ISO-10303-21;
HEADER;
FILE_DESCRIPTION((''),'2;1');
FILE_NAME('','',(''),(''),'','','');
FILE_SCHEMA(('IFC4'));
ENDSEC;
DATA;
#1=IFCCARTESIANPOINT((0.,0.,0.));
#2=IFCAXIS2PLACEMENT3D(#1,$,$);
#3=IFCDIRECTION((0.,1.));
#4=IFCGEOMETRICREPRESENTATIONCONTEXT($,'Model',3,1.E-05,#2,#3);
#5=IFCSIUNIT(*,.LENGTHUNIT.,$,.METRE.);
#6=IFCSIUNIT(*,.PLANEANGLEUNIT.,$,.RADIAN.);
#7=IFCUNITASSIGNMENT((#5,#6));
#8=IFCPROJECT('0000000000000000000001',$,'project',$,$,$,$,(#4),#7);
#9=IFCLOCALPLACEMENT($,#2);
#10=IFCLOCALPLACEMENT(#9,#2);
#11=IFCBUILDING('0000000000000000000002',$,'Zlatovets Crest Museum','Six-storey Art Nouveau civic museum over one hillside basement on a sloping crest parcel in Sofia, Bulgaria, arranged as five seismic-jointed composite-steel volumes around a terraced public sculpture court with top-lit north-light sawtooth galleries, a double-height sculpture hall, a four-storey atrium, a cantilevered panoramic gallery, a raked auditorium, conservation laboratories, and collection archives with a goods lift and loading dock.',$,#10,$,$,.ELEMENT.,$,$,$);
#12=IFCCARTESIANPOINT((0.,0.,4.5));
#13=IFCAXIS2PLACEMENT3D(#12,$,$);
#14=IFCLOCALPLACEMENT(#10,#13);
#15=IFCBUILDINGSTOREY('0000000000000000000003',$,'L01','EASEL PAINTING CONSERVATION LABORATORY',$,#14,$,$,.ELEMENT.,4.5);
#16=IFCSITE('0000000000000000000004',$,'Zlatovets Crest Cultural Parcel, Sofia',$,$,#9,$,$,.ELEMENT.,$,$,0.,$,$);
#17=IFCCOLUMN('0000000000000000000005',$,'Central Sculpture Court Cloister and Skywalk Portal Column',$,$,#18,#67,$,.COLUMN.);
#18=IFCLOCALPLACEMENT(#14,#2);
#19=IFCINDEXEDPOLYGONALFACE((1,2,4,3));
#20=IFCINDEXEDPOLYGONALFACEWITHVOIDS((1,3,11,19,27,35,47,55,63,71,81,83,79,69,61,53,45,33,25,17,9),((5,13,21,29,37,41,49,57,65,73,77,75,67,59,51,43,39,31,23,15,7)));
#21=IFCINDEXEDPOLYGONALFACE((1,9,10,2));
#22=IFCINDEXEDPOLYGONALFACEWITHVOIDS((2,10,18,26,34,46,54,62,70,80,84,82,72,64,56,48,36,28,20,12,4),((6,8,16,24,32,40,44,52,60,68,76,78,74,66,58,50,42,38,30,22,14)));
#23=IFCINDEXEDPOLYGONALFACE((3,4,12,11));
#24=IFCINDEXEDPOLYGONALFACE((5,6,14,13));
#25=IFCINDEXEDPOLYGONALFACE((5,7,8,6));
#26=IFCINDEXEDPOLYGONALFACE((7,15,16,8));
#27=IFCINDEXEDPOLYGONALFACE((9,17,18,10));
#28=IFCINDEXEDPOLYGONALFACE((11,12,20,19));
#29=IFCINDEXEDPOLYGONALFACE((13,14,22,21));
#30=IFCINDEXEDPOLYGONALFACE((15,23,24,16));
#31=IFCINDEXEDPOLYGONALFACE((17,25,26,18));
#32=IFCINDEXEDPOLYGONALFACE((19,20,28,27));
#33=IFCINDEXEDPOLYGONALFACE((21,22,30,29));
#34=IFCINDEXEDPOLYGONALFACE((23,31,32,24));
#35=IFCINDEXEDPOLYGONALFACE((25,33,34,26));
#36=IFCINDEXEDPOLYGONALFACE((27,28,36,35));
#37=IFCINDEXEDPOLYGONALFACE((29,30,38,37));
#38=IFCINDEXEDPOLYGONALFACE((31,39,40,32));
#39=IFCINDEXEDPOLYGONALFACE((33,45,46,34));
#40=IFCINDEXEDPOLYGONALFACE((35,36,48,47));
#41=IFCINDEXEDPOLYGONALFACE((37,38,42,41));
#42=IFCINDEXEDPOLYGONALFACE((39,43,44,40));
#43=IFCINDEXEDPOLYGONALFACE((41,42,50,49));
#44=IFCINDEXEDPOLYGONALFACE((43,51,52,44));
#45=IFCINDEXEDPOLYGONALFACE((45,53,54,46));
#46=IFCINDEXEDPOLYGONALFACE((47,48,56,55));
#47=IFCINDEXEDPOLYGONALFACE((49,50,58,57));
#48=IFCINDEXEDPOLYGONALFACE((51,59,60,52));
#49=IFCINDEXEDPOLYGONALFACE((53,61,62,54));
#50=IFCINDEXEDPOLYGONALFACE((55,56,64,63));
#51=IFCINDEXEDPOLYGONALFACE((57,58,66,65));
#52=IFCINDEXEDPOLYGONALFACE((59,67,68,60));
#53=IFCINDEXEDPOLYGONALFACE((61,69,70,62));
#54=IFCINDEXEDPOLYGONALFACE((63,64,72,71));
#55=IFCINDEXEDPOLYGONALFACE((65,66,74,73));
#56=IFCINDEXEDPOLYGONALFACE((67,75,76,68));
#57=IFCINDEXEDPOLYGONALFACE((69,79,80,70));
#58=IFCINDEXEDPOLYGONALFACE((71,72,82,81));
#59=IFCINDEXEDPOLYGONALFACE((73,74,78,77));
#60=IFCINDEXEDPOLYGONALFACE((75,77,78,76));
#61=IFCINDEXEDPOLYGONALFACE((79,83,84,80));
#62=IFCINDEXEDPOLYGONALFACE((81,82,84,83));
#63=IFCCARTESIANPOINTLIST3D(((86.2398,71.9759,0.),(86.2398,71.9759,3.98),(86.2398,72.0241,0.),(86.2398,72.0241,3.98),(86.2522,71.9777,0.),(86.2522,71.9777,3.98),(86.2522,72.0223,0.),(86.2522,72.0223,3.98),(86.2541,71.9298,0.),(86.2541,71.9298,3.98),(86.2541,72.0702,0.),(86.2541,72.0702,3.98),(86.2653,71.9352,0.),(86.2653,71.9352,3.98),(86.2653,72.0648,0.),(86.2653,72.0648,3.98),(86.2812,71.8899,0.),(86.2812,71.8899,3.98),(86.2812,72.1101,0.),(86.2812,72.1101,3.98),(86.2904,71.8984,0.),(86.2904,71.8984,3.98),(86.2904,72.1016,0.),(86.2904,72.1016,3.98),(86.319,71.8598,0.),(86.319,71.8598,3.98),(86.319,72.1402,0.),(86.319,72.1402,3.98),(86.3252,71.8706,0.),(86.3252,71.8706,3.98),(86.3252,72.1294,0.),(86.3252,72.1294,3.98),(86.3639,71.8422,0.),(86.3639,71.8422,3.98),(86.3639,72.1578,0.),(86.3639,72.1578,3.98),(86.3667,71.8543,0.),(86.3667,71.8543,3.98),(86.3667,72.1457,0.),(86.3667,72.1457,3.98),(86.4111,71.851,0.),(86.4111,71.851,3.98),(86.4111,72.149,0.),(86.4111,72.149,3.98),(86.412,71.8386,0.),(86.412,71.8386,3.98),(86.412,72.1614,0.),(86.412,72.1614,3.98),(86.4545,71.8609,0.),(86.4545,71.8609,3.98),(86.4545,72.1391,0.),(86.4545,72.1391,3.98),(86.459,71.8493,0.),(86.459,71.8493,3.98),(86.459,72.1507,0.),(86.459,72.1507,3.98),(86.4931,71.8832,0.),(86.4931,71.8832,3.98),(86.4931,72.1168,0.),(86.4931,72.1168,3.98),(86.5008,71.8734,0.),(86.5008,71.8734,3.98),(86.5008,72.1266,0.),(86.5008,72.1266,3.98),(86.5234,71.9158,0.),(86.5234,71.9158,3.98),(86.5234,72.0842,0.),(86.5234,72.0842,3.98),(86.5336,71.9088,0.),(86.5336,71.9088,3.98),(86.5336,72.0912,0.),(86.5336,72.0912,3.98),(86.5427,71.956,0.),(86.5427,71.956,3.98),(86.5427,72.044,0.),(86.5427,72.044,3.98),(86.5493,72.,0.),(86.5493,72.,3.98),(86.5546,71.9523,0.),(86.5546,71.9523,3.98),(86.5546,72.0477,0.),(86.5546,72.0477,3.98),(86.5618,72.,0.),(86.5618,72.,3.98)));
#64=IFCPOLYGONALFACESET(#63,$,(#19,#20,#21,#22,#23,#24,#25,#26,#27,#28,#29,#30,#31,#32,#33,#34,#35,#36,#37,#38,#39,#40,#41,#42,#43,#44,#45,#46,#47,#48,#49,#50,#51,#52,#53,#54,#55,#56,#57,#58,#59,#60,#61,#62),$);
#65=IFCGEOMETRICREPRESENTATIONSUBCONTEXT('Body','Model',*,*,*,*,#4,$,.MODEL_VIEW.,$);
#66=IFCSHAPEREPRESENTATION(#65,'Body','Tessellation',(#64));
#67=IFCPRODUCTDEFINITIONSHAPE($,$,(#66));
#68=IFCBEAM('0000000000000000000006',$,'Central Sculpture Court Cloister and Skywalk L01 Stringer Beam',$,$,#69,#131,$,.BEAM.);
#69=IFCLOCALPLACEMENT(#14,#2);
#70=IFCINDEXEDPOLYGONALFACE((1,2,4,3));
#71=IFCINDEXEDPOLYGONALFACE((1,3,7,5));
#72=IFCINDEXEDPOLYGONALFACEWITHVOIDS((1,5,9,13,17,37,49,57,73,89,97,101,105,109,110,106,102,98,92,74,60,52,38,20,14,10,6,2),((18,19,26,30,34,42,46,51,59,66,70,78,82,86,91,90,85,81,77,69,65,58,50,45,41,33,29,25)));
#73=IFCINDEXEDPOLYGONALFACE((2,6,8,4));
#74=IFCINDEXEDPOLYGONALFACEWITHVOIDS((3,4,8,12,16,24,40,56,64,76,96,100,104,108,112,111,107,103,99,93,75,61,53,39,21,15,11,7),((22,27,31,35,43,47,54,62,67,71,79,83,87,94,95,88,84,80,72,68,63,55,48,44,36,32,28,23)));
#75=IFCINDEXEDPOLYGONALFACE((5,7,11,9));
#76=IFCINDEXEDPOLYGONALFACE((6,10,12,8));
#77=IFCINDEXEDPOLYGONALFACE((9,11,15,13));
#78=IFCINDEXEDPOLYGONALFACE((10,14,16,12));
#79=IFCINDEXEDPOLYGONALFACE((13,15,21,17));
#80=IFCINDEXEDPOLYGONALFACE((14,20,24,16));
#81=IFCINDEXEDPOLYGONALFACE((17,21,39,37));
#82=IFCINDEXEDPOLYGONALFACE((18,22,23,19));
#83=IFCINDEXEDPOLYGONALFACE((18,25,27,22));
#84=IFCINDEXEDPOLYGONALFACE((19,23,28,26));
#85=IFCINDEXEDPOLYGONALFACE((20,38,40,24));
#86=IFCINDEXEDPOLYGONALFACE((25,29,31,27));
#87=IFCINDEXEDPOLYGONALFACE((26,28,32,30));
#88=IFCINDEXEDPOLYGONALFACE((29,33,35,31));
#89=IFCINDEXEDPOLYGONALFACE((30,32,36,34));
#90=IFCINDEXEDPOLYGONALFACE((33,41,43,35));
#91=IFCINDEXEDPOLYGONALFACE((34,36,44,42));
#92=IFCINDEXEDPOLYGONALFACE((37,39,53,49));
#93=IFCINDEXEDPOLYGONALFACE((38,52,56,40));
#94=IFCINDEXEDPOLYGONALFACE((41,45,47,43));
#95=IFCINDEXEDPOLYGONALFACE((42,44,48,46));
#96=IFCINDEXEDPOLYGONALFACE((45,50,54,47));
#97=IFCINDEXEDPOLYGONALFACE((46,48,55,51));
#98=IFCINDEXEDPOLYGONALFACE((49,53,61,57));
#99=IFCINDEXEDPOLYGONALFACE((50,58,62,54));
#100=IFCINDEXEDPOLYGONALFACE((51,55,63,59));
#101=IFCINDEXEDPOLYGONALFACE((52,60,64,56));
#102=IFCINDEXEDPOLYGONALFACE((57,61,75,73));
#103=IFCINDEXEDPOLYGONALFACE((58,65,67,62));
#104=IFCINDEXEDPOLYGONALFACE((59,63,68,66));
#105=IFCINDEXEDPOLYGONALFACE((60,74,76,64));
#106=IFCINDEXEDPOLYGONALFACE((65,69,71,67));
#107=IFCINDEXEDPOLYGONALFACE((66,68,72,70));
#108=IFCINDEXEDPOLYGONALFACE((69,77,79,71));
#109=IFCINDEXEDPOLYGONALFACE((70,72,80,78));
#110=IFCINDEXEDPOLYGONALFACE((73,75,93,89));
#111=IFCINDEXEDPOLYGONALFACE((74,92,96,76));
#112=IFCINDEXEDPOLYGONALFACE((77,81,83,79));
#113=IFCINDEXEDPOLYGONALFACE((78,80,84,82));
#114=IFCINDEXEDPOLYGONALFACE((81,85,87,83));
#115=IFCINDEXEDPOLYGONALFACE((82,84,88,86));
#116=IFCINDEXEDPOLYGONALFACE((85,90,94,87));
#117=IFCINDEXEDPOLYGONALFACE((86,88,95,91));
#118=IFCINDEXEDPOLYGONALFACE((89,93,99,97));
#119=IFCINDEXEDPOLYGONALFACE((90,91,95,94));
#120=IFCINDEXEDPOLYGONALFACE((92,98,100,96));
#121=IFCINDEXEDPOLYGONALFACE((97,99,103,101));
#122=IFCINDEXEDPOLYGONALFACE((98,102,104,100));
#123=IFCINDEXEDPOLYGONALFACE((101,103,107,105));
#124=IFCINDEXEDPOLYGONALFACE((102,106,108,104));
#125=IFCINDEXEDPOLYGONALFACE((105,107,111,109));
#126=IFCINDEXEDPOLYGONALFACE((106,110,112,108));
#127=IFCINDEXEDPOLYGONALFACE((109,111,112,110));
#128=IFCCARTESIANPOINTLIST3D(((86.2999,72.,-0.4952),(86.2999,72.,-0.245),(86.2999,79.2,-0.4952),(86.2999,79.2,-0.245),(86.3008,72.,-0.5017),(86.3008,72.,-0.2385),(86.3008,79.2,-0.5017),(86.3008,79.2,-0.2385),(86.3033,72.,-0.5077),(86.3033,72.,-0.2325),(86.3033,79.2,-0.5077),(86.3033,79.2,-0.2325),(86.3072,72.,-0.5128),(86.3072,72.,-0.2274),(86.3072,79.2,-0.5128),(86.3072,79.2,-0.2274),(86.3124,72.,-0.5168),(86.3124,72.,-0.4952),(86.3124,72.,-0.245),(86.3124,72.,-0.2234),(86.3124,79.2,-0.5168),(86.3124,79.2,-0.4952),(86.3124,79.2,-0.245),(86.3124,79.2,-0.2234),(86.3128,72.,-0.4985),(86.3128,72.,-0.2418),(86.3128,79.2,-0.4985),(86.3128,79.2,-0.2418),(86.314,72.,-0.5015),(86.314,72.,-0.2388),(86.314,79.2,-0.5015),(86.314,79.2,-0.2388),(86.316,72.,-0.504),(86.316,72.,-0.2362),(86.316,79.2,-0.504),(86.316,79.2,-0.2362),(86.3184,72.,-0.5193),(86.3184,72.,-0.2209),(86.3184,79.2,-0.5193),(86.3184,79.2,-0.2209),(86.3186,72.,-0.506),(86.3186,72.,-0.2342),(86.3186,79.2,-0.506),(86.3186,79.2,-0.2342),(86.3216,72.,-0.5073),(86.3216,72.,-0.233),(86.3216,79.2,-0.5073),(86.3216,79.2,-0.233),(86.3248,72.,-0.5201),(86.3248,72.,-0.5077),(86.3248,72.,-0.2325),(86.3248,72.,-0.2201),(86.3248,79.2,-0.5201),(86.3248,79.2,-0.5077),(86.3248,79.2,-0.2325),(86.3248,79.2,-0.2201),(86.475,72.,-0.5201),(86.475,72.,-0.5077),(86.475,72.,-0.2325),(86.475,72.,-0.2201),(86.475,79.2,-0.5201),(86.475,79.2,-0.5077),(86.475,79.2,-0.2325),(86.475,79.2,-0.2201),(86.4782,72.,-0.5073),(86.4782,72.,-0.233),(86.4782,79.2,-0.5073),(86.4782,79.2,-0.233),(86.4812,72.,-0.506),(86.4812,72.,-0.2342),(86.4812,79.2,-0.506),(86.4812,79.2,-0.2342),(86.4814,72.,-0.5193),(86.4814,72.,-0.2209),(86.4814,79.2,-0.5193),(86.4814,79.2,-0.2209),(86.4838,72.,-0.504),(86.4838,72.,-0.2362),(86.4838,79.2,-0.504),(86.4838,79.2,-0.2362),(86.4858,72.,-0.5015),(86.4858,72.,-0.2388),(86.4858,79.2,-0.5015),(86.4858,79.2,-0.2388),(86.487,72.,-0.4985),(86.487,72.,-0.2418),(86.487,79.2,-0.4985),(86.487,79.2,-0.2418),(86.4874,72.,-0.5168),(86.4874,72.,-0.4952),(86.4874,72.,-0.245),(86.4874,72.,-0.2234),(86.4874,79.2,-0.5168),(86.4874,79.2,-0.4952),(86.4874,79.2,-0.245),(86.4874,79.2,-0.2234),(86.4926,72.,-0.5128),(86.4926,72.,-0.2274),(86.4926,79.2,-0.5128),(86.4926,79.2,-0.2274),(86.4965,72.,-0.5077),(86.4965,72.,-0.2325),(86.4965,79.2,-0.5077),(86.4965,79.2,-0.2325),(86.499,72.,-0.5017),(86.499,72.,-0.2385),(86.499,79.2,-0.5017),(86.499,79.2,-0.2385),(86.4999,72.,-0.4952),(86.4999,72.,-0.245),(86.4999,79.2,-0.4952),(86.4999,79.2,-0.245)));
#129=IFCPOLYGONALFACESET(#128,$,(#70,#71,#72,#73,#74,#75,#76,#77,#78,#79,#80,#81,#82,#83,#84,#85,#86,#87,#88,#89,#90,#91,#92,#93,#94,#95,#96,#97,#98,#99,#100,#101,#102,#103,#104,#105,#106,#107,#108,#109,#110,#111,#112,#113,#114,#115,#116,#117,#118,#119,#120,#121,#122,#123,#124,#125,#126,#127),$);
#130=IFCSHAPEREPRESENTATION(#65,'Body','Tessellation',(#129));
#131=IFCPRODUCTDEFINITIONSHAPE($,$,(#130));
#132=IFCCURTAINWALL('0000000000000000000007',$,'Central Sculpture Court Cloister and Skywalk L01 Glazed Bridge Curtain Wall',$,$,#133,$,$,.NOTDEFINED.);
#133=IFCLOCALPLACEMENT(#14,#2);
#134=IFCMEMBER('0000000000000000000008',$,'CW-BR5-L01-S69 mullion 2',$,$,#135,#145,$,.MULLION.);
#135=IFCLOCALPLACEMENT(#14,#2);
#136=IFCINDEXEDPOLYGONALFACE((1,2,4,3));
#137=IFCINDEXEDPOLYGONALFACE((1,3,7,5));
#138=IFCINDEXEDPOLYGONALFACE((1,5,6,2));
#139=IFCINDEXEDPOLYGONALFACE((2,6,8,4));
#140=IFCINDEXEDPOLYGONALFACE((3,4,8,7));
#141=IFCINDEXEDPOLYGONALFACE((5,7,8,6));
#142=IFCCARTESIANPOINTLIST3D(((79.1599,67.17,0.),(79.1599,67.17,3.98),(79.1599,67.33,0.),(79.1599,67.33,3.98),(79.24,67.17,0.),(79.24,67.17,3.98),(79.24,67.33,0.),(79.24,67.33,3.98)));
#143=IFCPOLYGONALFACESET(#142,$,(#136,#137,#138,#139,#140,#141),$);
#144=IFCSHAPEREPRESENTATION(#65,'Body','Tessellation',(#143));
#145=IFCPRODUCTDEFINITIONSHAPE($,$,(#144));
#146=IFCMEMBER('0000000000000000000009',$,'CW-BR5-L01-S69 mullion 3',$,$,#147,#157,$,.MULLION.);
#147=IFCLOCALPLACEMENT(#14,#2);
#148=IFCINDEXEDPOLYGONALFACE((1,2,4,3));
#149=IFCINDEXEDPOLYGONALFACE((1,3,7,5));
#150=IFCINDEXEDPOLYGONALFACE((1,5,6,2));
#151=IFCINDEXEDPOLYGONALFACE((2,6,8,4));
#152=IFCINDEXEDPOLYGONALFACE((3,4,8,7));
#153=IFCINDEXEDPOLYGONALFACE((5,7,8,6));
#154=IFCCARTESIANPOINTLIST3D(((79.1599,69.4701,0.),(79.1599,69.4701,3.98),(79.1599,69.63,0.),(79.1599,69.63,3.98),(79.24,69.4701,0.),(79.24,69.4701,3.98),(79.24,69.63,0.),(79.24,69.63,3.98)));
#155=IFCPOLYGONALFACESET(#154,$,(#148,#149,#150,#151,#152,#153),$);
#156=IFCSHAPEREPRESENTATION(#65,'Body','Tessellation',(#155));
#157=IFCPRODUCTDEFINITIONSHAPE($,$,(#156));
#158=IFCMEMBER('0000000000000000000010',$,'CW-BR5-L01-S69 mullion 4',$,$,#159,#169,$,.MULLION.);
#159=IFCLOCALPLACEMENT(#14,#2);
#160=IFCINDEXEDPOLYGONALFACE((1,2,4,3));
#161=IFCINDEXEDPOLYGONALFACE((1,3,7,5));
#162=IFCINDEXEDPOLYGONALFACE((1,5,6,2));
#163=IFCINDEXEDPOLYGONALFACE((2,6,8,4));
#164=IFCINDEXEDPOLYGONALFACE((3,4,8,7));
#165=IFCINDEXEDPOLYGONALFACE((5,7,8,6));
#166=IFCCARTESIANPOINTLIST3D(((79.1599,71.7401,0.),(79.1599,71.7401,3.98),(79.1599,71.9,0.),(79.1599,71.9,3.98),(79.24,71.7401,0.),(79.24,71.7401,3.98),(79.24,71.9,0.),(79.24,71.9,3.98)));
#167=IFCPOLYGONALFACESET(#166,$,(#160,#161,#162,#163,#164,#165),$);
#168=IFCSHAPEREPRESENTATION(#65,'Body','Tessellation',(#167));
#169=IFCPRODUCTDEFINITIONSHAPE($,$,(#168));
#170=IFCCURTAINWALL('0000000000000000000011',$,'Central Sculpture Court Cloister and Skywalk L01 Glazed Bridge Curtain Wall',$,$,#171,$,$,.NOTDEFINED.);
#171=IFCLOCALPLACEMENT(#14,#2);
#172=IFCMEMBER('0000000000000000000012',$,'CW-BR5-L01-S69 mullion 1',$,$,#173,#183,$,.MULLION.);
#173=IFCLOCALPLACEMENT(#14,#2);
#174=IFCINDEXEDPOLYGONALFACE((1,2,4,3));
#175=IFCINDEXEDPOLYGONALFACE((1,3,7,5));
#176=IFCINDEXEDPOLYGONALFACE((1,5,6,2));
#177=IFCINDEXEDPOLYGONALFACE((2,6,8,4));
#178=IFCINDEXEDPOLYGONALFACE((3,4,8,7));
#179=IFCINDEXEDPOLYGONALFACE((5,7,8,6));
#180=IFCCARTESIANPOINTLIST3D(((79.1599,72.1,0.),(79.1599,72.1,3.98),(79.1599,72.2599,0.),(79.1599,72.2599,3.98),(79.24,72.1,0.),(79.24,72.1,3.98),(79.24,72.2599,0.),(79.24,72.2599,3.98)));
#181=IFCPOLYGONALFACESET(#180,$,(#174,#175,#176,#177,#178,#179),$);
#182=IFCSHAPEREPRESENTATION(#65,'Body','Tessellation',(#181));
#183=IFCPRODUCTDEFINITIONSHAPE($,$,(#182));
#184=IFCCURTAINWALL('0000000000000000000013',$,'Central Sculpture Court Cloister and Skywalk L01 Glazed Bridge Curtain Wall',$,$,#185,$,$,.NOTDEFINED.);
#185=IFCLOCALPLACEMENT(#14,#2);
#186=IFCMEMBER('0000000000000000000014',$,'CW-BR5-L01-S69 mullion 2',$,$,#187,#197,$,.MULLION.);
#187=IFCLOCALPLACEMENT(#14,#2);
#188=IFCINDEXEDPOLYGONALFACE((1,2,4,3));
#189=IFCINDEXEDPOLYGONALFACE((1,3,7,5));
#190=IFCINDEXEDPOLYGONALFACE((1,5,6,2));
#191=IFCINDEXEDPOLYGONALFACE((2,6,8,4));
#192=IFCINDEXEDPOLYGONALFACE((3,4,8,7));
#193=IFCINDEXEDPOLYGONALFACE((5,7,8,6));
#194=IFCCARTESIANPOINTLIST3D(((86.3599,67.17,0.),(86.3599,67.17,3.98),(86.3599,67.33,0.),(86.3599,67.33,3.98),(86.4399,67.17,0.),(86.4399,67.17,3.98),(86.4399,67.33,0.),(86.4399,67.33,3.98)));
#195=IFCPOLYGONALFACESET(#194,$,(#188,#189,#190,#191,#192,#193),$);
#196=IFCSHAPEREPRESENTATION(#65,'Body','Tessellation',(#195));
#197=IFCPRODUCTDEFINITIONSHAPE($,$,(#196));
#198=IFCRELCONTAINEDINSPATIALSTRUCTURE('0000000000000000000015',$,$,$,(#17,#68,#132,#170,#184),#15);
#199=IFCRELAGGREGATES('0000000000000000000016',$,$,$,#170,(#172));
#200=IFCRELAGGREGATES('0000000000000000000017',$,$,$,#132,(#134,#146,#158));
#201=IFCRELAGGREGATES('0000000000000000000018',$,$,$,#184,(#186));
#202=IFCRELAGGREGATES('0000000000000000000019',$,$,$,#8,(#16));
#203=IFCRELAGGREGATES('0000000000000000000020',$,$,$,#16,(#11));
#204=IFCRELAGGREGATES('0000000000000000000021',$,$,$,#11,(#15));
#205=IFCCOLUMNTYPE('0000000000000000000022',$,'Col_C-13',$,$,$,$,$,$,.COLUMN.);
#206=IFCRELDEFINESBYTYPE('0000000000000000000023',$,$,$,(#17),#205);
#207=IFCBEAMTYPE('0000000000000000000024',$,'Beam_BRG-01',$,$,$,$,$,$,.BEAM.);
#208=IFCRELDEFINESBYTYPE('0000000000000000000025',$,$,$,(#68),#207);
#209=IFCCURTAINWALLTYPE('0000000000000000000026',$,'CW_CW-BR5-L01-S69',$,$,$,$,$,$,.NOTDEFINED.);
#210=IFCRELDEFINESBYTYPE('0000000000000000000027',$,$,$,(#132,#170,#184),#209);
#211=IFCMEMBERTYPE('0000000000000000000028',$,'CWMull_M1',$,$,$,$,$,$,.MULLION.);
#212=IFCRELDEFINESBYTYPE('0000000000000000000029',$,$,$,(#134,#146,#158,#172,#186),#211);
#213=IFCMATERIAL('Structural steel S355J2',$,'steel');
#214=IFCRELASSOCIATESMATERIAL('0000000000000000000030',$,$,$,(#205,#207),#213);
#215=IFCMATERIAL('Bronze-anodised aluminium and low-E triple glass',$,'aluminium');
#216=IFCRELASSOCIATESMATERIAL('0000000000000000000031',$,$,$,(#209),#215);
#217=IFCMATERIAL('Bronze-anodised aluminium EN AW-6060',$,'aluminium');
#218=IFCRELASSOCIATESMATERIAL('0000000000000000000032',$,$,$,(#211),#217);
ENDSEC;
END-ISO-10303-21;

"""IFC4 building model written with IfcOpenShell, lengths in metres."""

from ifc_helpers import new_model, si_unit, direction, frame, origin, origin_2d, place, context, subcontext, project, spatial, rectangle, hollow_rectangle, hollow_circle, extrude, material, material_profile, profile_set, type_object, element, aggregate, save


model = new_model("IFC4")

# Units and contexts
model_context = context("Model", 3, precision=1e-05, world=origin(), true_north=direction((0.0, 1.0)))
body_context = subcontext(model_context, "Body", "Model", "MODEL_VIEW")
ifc_project = project(units=[si_unit("LENGTHUNIT", "METRE"), si_unit("PLANEANGLEUNIT", "RADIAN")], contexts=[model_context])

# Site, building, storey
site_placement = place(None, origin())
site = spatial("IfcSite", under=ifc_project, at=site_placement, Name="Zlatovets Crest Cultural Parcel, Sofia", CompositionType="ELEMENT", RefElevation=0.0)
building_placement = place(site_placement, origin())
building = spatial("IfcBuilding", under=site, at=building_placement, Name="Zlatovets Crest Museum", Description="Six-storey Art Nouveau civic museum over one hillside basement on a sloping crest parcel in Sofia, Bulgaria, arranged as five seismic-jointed composite-steel volumes around a terraced public sculpture court with top-lit north-light sawtooth galleries, a double-height sculpture hall, a four-storey atrium, a cantilevered panoramic gallery, a raked auditorium, conservation laboratories, and collection archives with a goods lift and loading dock.", CompositionType="ELEMENT")
storey_placement = place(building_placement, frame((0.0, 0.0, 4.5)))
storey = spatial("IfcBuildingStorey", under=building, at=storey_placement, Name="L01", Description="EASEL PAINTING CONSERVATION LABORATORY", CompositionType="ELEMENT", Elevation=4.5)

# Column
ifc_material_1 = material(Name="Structural steel S355J2", Category="steel")
ifc_material_profile_1 = material_profile(ifc_material_1, hollow_circle(Radius=0.1619, WallThickness=0.0125, at=origin_2d()), Name="CHS 323.9x12.5")
ifc_profile_set_1 = profile_set([ifc_material_profile_1], Name="Structural steel S355J2")
column_type = type_object("IfcColumnType", Name="Col_C-13", PredefinedType="COLUMN", material=ifc_profile_set_1)
column_placement = place(storey_placement, frame((86.3999, 72.0, 0.0), z_axis=(0.0, 0.0, 1.0), x_axis=(1.0, 0.0, 0.0)))
element("IfcColumn", 1, at=column_placement, inside=storey, type_object=column_type, Name="Central Sculpture Court Cloister and Skywalk Portal Column", PredefinedType="COLUMN", context=body_context, shape_type="SweptSolid", body=[
    extrude(hollow_circle(Radius=0.1619, WallThickness=0.0125, at=origin_2d()), origin(), (0.0, 0.0, 1.0), 3.98),
])

# Beam
ifc_material_profile_2 = material_profile(ifc_material_1, hollow_rectangle(XDim=0.2, YDim=0.3, WallThickness=0.0125, InnerFilletRadius=0.0125, OuterFilletRadius=0.0249, at=origin_2d()), Name="RHS 200x300x12.5")
ifc_profile_set_2 = profile_set([ifc_material_profile_2], Name="Structural steel S355J2")
beam_type = type_object("IfcBeamType", Name="Beam_BRG-01", PredefinedType="BEAM", material=ifc_profile_set_2)
beam_placement = place(storey_placement, frame((86.3999, 72.0, -0.3701), z_axis=(0.0, 1.0, 0.0), x_axis=(-1.0, 0.0, 0.0)))
element("IfcBeam", 2, at=beam_placement, inside=storey, type_object=beam_type, Name="Central Sculpture Court Cloister and Skywalk L01 Stringer Beam", PredefinedType="BEAM", context=body_context, shape_type="SweptSolid", body=[
    extrude(hollow_rectangle(XDim=0.2, YDim=0.3, WallThickness=0.0125, InnerFilletRadius=0.0125, OuterFilletRadius=0.0249, at=origin_2d()), origin(), (0.0, 0.0, 1.0), 7.2),
])

# Curtain wall, members
ifc_material_2 = material(Name="Bronze-anodised aluminium and low-E triple glass", Category="aluminium")
curtain_wall_type = type_object("IfcCurtainWallType", Name="CW_CW-BR5-L01-S69", PredefinedType="NOTDEFINED", material=ifc_material_2)
curtain_wall_1_placement = place(storey_placement, origin())
curtain_wall_1 = element("IfcCurtainWall", 3, at=curtain_wall_1_placement, inside=storey, type_object=curtain_wall_type, Name="Central Sculpture Court Cloister and Skywalk L01 Glazed Bridge Curtain Wall", PredefinedType="NOTDEFINED")
ifc_material_3 = material(Name="Bronze-anodised aluminium EN AW-6060", Category="aluminium")
ifc_material_profile_3 = material_profile(ifc_material_3, rectangle(XDim=0.0801, YDim=0.1599, at=origin_2d()), Name="ALU 80x160")
ifc_profile_set_3 = profile_set([ifc_material_profile_3], Name="Bronze-anodised aluminium EN AW-6060")
member_type_1 = type_object("IfcMemberType", Name="CWMull_M1", PredefinedType="MULLION", material=ifc_profile_set_3)
member_1_placement = place(storey_placement, frame((79.2, 67.25, 0.0), z_axis=(0.0, 0.0, 1.0), x_axis=(-1.0, 0.0, 0.0)))
member_1 = element("IfcMember", 4, at=member_1_placement, type_object=member_type_1, Name="CW-BR5-L01-S69 mullion 2", PredefinedType="MULLION", context=body_context, shape_type="SweptSolid", body=[
    extrude(rectangle(XDim=0.0801, YDim=0.1599, at=origin_2d()), origin(), (0.0, 0.0, 1.0), 3.98),
])
member_2_placement = place(storey_placement, frame((79.2, 69.55, 0.0), z_axis=(0.0, 0.0, 1.0), x_axis=(-1.0, 0.0, 0.0)))
member_2 = element("IfcMember", 5, at=member_2_placement, type_object=member_type_1, Name="CW-BR5-L01-S69 mullion 3", PredefinedType="MULLION", context=body_context, shape_type="SweptSolid", body=[
    extrude(rectangle(XDim=0.0801, YDim=0.1599, at=origin_2d()), origin(), (0.0, 0.0, 1.0), 3.98),
])
member_3_placement = place(storey_placement, frame((79.2, 71.8201, 0.0), z_axis=(0.0, 0.0, 1.0), x_axis=(-1.0, 0.0, 0.0)))
member_3 = element("IfcMember", 6, at=member_3_placement, type_object=member_type_1, Name="CW-BR5-L01-S69 mullion 4", PredefinedType="MULLION", context=body_context, shape_type="SweptSolid", body=[
    extrude(rectangle(XDim=0.0801, YDim=0.1599, at=origin_2d()), origin(), (0.0, 0.0, 1.0), 3.98),
])

# Curtain wall, member
curtain_wall_2_placement = place(storey_placement, origin())
curtain_wall_2 = element("IfcCurtainWall", 7, at=curtain_wall_2_placement, inside=storey, type_object=curtain_wall_type, Name="Central Sculpture Court Cloister and Skywalk L01 Glazed Bridge Curtain Wall", PredefinedType="NOTDEFINED")
member_4_placement = place(storey_placement, frame((79.2, 72.1799, 0.0), z_axis=(0.0, 0.0, 1.0), x_axis=(-1.0, 0.0, 0.0)))
member_4 = element("IfcMember", 8, at=member_4_placement, type_object=member_type_1, Name="CW-BR5-L01-S69 mullion 1", PredefinedType="MULLION", context=body_context, shape_type="SweptSolid", body=[
    extrude(rectangle(XDim=0.0801, YDim=0.1599, at=origin_2d()), origin(), (0.0, 0.0, 1.0), 3.98),
])

# Curtain wall, member
curtain_wall_3_placement = place(storey_placement, origin())
curtain_wall_3 = element("IfcCurtainWall", 9, at=curtain_wall_3_placement, inside=storey, type_object=curtain_wall_type, Name="Central Sculpture Court Cloister and Skywalk L01 Glazed Bridge Curtain Wall", PredefinedType="NOTDEFINED")
member_5_placement = place(storey_placement, frame((86.3999, 67.25, 0.0), z_axis=(0.0, 0.0, 1.0), x_axis=(-1.0, 0.0, 0.0)))
member_5 = element("IfcMember", 10, at=member_5_placement, type_object=member_type_1, Name="CW-BR5-L01-S69 mullion 2", PredefinedType="MULLION", context=body_context, shape_type="SweptSolid", body=[
    extrude(rectangle(XDim=0.0801, YDim=0.1599, at=origin_2d()), origin(), (0.0, 0.0, 1.0), 3.98),
])

aggregate(curtain_wall_2, [member_4])

aggregate(curtain_wall_1, [member_1, member_2, member_3])
aggregate(curtain_wall_3, [member_5])

save(model, "model.ifc")
